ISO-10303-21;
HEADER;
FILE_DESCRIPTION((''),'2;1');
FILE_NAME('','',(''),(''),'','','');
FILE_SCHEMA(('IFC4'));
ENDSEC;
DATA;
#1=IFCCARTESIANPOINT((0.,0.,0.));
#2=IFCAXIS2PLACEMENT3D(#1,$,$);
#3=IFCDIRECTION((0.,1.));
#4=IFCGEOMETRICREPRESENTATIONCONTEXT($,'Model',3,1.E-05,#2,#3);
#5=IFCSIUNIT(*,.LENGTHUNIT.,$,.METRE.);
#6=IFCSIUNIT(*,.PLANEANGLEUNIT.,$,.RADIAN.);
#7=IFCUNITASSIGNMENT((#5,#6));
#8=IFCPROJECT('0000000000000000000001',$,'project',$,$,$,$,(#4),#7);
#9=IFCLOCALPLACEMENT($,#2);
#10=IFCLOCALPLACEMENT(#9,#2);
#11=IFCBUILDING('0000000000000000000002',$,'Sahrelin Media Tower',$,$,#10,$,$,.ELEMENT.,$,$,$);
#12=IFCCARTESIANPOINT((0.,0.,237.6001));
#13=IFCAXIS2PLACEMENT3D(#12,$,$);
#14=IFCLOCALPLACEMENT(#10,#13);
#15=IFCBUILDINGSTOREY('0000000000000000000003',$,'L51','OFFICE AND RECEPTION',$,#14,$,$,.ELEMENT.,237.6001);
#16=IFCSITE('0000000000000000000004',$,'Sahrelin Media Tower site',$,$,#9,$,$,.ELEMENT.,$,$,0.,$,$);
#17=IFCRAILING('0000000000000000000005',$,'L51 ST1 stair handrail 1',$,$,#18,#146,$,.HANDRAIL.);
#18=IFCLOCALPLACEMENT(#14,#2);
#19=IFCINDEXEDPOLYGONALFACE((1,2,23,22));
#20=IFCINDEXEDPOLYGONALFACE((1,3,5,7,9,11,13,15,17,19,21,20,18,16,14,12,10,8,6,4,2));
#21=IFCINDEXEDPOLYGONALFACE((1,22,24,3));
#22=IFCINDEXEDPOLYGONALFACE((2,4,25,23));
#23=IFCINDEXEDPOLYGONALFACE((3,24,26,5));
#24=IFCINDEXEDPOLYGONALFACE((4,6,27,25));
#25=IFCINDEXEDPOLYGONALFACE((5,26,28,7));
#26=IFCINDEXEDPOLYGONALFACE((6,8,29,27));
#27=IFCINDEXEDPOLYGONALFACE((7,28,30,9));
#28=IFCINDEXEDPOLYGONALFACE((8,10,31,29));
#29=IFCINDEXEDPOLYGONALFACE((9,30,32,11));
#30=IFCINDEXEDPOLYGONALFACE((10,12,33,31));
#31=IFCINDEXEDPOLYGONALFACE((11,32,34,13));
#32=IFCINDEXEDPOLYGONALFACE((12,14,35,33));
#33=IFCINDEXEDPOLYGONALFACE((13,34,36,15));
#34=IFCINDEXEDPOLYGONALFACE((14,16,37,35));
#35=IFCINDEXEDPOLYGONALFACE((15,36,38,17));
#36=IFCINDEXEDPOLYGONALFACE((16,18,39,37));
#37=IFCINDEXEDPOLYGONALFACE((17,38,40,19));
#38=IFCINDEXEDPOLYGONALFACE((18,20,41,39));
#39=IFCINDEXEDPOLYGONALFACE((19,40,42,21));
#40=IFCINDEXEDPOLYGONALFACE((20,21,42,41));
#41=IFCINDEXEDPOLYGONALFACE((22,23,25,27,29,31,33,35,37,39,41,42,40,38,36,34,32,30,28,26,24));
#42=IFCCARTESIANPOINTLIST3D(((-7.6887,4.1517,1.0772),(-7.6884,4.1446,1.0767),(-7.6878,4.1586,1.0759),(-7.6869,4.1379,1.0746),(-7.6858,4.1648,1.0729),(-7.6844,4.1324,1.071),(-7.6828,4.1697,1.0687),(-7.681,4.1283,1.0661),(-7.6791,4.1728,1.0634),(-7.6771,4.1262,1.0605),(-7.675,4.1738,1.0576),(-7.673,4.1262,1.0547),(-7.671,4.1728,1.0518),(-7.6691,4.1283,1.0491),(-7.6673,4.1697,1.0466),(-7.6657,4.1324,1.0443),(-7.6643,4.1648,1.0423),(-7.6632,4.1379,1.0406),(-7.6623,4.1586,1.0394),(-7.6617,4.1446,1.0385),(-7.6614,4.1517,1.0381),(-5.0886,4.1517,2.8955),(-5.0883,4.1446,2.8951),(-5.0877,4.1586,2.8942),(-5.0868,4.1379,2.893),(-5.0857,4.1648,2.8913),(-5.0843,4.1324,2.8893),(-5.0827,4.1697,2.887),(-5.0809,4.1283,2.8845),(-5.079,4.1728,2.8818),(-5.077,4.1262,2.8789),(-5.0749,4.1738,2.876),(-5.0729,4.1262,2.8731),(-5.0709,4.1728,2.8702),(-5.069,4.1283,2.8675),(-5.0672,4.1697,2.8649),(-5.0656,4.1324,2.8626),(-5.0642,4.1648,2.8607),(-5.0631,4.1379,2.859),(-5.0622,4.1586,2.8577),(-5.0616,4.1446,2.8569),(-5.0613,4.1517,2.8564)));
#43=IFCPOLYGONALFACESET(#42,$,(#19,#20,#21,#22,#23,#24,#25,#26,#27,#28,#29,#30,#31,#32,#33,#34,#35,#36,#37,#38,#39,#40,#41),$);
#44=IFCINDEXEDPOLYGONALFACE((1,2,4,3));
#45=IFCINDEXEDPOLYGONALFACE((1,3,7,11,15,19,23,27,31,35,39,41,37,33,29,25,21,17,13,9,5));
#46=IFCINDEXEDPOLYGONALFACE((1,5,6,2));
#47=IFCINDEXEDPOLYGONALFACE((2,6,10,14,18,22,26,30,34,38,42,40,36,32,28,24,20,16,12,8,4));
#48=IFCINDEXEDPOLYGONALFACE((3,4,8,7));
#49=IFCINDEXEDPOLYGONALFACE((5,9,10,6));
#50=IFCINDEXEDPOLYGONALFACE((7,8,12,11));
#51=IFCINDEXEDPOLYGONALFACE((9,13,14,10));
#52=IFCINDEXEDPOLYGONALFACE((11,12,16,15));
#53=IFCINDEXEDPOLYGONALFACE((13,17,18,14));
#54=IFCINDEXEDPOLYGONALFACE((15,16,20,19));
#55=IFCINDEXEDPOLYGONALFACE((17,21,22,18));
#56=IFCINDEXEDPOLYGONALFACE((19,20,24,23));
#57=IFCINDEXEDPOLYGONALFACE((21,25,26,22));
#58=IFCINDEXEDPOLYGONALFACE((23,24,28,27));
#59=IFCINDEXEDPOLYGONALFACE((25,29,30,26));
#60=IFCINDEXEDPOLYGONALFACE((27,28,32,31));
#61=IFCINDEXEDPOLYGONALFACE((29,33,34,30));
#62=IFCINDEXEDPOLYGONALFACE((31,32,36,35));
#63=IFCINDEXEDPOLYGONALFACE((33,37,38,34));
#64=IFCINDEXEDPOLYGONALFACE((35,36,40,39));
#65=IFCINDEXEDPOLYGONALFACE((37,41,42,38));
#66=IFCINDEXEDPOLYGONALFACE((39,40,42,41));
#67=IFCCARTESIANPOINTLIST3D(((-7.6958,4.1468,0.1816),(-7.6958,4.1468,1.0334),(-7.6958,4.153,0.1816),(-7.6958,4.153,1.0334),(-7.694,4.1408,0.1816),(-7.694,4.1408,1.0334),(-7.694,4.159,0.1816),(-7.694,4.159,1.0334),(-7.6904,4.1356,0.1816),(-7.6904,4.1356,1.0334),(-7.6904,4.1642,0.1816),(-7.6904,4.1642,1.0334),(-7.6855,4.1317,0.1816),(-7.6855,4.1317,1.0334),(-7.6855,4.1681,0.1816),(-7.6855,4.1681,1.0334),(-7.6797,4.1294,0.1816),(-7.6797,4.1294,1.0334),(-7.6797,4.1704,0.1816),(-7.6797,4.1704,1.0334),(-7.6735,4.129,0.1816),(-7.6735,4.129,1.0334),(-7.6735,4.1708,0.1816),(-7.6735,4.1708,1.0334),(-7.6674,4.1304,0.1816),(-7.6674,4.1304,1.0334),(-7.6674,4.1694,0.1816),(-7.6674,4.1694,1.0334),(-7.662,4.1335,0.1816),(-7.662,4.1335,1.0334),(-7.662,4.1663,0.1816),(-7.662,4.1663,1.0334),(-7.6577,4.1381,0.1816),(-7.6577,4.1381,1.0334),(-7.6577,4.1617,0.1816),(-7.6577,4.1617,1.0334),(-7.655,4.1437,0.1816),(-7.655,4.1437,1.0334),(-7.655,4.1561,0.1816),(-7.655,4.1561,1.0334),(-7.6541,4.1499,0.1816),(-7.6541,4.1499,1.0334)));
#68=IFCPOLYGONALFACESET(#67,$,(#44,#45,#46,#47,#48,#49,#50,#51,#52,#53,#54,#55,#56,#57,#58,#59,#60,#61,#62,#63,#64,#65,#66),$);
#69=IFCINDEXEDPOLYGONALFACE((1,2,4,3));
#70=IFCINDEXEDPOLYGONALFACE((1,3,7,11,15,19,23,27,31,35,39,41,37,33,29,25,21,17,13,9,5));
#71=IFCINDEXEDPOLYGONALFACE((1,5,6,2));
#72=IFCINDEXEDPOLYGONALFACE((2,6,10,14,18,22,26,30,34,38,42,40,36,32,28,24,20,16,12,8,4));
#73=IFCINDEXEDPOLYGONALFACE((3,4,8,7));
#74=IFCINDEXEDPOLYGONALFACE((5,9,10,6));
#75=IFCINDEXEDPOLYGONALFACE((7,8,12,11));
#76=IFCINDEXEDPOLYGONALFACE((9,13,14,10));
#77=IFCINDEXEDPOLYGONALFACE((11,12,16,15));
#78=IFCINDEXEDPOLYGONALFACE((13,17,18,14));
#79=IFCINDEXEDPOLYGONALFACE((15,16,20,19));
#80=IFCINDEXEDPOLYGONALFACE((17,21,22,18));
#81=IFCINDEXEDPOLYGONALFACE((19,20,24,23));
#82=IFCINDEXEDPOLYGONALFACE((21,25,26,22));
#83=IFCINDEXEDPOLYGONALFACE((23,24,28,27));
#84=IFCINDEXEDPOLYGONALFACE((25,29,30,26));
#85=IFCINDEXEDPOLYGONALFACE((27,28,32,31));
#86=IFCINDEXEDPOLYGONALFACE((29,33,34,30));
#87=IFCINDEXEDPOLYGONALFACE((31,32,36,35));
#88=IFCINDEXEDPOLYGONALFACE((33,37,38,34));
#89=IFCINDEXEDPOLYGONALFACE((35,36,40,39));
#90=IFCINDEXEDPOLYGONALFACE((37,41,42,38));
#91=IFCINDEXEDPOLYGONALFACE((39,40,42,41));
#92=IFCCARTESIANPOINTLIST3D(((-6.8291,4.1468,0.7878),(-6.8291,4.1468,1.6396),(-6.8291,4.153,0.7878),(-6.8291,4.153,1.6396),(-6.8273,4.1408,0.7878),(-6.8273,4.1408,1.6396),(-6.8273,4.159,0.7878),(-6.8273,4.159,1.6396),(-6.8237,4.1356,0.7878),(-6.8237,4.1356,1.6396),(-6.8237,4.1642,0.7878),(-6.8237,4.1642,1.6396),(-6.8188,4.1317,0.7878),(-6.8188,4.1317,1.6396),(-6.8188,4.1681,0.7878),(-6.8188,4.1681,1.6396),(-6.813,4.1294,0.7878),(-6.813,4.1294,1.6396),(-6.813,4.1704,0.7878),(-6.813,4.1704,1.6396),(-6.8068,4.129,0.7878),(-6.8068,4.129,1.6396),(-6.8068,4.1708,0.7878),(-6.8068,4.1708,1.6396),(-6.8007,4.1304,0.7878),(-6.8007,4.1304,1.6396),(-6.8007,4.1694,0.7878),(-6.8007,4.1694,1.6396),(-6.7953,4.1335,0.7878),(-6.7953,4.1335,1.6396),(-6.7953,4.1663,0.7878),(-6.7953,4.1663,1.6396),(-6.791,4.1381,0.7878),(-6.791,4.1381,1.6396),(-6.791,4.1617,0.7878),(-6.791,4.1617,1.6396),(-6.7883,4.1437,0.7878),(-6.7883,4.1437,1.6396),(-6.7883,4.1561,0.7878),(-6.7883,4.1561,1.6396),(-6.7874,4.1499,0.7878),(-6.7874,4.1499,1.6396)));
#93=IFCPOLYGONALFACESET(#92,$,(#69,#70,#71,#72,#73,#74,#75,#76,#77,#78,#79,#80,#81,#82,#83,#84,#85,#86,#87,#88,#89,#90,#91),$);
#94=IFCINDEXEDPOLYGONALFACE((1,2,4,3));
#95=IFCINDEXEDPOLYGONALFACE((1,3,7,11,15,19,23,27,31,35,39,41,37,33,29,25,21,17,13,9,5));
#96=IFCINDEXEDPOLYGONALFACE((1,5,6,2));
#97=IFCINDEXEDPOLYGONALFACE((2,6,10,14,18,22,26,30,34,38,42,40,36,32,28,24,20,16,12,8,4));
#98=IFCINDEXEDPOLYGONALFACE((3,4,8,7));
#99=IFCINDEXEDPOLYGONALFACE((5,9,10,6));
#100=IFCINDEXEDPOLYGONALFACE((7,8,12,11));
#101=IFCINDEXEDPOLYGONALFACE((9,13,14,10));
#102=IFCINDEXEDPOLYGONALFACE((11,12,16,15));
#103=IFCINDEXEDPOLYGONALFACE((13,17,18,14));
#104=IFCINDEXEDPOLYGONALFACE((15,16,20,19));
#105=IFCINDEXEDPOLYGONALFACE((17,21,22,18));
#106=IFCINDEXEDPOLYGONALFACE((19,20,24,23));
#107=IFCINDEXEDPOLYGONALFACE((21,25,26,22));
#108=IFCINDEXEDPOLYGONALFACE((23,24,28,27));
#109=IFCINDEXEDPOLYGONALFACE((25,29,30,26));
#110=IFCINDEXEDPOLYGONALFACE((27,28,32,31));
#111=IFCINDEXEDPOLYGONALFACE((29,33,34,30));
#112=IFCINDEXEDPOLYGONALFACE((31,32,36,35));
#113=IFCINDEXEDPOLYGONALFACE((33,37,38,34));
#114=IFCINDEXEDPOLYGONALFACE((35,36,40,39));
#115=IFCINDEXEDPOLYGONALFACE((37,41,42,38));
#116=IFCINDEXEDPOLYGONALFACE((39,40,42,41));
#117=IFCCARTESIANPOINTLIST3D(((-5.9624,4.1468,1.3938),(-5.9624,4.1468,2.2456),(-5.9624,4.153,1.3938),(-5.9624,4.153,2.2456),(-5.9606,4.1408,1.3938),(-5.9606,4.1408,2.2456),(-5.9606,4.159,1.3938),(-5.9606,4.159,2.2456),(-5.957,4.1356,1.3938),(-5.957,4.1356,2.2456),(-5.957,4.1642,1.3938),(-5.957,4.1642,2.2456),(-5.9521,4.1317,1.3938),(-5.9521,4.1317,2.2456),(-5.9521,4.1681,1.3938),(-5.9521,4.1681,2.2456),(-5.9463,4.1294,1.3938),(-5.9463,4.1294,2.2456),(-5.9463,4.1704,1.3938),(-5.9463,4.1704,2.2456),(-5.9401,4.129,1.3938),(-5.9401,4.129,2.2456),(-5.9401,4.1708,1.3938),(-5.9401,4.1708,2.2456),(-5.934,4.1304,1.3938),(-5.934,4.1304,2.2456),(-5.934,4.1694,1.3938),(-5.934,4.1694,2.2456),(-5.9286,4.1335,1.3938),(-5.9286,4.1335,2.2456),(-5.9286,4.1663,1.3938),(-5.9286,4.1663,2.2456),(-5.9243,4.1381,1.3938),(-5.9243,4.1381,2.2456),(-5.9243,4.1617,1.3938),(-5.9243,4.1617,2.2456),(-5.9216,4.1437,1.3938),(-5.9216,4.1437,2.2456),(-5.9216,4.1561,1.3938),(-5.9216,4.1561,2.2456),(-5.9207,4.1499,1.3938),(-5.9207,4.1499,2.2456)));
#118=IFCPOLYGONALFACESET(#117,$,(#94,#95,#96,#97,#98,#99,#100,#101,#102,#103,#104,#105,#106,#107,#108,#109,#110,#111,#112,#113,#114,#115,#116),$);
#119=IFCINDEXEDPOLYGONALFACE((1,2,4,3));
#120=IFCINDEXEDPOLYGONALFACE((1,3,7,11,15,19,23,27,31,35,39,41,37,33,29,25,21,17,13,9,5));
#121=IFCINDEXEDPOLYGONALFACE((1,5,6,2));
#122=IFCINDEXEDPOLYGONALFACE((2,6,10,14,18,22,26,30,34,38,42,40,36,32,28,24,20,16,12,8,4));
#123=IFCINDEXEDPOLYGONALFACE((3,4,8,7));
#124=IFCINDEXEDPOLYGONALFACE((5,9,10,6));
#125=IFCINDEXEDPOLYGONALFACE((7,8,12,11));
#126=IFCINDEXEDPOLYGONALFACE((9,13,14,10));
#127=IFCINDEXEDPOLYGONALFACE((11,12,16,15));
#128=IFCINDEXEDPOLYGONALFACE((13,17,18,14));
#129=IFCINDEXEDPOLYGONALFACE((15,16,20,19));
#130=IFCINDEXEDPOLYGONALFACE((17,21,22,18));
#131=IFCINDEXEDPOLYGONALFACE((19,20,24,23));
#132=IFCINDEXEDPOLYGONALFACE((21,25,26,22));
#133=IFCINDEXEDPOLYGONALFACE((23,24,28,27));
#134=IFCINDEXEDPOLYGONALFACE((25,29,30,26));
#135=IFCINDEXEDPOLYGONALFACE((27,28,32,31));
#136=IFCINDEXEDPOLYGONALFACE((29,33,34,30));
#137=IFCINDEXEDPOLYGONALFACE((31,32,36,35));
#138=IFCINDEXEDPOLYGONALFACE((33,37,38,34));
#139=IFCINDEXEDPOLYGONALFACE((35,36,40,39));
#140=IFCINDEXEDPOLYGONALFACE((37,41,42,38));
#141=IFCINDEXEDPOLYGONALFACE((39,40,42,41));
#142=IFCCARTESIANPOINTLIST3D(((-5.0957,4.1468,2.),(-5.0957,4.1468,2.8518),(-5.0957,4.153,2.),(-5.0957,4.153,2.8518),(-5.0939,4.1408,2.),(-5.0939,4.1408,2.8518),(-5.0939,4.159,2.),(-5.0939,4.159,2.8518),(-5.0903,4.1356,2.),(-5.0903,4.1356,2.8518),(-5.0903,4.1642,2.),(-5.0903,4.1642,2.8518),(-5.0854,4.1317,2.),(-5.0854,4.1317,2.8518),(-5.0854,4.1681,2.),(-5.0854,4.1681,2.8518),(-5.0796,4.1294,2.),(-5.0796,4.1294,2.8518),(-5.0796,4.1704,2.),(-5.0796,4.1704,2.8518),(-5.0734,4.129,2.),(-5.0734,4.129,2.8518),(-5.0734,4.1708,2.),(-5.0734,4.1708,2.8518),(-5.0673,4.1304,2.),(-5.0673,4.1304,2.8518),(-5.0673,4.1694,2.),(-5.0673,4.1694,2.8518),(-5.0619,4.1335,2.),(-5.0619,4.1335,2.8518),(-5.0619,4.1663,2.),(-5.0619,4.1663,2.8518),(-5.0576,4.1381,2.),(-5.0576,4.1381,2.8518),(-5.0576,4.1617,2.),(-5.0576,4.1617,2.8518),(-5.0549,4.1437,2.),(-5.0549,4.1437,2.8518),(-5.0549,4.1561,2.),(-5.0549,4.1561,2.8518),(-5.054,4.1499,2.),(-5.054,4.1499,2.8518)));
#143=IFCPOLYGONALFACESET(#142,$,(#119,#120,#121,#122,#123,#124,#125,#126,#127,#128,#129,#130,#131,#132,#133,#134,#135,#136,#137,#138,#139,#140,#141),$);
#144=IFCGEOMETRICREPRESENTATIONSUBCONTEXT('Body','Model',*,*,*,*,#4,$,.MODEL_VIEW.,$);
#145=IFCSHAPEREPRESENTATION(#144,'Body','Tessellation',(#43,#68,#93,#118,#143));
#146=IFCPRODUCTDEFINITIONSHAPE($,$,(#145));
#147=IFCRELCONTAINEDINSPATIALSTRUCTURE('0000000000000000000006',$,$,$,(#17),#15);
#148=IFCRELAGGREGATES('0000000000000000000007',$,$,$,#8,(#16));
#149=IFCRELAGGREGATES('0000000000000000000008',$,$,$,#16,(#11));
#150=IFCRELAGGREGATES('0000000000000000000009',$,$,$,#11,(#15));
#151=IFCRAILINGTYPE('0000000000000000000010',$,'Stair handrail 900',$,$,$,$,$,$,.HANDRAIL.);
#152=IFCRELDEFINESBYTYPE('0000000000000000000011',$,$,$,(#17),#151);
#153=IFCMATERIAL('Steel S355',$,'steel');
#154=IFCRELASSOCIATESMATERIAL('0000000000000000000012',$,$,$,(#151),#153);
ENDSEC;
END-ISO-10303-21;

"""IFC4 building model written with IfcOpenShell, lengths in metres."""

from ifc_helpers import new_model, si_unit, direction, frame, origin, origin_2d, place, context, subcontext, project, spatial, circle, extrude, material, type_object, element, save


model = new_model("IFC4")

# Units and contexts
model_context = context("Model", 3, precision=1e-05, world=origin(), true_north=direction((0.0, 1.0)))
body_context = subcontext(model_context, "Body", "Model", "MODEL_VIEW")
ifc_project = project(units=[si_unit("LENGTHUNIT", "METRE"), si_unit("PLANEANGLEUNIT", "RADIAN")], contexts=[model_context])

# Site, building, storey
site_placement = place(None, origin())
site = spatial("IfcSite", under=ifc_project, at=site_placement, Name="Sahrelin Media Tower site", CompositionType="ELEMENT", RefElevation=0.0)
building_placement = place(site_placement, origin())
building = spatial("IfcBuilding", under=site, at=building_placement, Name="Sahrelin Media Tower", CompositionType="ELEMENT")
storey_placement = place(building_placement, frame((0.0, 0.0, 237.6001)))
storey = spatial("IfcBuildingStorey", under=building, at=storey_placement, Name="L51", Description="OFFICE AND RECEPTION", CompositionType="ELEMENT", Elevation=237.6001)

# Shared definitions
ifc_material_1 = material(Name="Steel S355", Category="steel")

# Railing
railing_type_1 = type_object("IfcRailingType", Name="Stair handrail 900", PredefinedType="HANDRAIL", material=ifc_material_1)
railing_1_placement = place(storey_placement, frame((-7.675, 4.1499, 0.1816)))
element("IfcRailing", 1, at=railing_1_placement, inside=storey, type_object=railing_type_1, Name="L51 ST1 stair handrail 1", PredefinedType="HANDRAIL", context=body_context, shape_type="SweptSolid", body=[
    extrude(circle(Radius=0.0239, at=origin_2d()), frame((0.0, 0.0, 0.876), z_axis=(0.819485, 0.0, 0.573101), x_axis=(0.0, 1.0, 0.0)), (0.0, 0.0, 1.0), 3.1729),
    extrude(circle(Radius=0.021, at=origin_2d()), origin(), (0.0, 0.0, 1.0), 0.8518),
    extrude(circle(Radius=0.021, at=origin_2d()), frame((0.8667, 0.0, 0.6062)), (0.0, 0.0, 1.0), 0.8518),
    extrude(circle(Radius=0.021, at=origin_2d()), frame((1.7334, 0.0, 1.2122)), (0.0, 0.0, 1.0), 0.8518),
    extrude(circle(Radius=0.021, at=origin_2d()), frame((2.6001, 0.0, 1.8184)), (0.0, 0.0, 1.0), 0.8518),
])

save(model, "model.ifc")
